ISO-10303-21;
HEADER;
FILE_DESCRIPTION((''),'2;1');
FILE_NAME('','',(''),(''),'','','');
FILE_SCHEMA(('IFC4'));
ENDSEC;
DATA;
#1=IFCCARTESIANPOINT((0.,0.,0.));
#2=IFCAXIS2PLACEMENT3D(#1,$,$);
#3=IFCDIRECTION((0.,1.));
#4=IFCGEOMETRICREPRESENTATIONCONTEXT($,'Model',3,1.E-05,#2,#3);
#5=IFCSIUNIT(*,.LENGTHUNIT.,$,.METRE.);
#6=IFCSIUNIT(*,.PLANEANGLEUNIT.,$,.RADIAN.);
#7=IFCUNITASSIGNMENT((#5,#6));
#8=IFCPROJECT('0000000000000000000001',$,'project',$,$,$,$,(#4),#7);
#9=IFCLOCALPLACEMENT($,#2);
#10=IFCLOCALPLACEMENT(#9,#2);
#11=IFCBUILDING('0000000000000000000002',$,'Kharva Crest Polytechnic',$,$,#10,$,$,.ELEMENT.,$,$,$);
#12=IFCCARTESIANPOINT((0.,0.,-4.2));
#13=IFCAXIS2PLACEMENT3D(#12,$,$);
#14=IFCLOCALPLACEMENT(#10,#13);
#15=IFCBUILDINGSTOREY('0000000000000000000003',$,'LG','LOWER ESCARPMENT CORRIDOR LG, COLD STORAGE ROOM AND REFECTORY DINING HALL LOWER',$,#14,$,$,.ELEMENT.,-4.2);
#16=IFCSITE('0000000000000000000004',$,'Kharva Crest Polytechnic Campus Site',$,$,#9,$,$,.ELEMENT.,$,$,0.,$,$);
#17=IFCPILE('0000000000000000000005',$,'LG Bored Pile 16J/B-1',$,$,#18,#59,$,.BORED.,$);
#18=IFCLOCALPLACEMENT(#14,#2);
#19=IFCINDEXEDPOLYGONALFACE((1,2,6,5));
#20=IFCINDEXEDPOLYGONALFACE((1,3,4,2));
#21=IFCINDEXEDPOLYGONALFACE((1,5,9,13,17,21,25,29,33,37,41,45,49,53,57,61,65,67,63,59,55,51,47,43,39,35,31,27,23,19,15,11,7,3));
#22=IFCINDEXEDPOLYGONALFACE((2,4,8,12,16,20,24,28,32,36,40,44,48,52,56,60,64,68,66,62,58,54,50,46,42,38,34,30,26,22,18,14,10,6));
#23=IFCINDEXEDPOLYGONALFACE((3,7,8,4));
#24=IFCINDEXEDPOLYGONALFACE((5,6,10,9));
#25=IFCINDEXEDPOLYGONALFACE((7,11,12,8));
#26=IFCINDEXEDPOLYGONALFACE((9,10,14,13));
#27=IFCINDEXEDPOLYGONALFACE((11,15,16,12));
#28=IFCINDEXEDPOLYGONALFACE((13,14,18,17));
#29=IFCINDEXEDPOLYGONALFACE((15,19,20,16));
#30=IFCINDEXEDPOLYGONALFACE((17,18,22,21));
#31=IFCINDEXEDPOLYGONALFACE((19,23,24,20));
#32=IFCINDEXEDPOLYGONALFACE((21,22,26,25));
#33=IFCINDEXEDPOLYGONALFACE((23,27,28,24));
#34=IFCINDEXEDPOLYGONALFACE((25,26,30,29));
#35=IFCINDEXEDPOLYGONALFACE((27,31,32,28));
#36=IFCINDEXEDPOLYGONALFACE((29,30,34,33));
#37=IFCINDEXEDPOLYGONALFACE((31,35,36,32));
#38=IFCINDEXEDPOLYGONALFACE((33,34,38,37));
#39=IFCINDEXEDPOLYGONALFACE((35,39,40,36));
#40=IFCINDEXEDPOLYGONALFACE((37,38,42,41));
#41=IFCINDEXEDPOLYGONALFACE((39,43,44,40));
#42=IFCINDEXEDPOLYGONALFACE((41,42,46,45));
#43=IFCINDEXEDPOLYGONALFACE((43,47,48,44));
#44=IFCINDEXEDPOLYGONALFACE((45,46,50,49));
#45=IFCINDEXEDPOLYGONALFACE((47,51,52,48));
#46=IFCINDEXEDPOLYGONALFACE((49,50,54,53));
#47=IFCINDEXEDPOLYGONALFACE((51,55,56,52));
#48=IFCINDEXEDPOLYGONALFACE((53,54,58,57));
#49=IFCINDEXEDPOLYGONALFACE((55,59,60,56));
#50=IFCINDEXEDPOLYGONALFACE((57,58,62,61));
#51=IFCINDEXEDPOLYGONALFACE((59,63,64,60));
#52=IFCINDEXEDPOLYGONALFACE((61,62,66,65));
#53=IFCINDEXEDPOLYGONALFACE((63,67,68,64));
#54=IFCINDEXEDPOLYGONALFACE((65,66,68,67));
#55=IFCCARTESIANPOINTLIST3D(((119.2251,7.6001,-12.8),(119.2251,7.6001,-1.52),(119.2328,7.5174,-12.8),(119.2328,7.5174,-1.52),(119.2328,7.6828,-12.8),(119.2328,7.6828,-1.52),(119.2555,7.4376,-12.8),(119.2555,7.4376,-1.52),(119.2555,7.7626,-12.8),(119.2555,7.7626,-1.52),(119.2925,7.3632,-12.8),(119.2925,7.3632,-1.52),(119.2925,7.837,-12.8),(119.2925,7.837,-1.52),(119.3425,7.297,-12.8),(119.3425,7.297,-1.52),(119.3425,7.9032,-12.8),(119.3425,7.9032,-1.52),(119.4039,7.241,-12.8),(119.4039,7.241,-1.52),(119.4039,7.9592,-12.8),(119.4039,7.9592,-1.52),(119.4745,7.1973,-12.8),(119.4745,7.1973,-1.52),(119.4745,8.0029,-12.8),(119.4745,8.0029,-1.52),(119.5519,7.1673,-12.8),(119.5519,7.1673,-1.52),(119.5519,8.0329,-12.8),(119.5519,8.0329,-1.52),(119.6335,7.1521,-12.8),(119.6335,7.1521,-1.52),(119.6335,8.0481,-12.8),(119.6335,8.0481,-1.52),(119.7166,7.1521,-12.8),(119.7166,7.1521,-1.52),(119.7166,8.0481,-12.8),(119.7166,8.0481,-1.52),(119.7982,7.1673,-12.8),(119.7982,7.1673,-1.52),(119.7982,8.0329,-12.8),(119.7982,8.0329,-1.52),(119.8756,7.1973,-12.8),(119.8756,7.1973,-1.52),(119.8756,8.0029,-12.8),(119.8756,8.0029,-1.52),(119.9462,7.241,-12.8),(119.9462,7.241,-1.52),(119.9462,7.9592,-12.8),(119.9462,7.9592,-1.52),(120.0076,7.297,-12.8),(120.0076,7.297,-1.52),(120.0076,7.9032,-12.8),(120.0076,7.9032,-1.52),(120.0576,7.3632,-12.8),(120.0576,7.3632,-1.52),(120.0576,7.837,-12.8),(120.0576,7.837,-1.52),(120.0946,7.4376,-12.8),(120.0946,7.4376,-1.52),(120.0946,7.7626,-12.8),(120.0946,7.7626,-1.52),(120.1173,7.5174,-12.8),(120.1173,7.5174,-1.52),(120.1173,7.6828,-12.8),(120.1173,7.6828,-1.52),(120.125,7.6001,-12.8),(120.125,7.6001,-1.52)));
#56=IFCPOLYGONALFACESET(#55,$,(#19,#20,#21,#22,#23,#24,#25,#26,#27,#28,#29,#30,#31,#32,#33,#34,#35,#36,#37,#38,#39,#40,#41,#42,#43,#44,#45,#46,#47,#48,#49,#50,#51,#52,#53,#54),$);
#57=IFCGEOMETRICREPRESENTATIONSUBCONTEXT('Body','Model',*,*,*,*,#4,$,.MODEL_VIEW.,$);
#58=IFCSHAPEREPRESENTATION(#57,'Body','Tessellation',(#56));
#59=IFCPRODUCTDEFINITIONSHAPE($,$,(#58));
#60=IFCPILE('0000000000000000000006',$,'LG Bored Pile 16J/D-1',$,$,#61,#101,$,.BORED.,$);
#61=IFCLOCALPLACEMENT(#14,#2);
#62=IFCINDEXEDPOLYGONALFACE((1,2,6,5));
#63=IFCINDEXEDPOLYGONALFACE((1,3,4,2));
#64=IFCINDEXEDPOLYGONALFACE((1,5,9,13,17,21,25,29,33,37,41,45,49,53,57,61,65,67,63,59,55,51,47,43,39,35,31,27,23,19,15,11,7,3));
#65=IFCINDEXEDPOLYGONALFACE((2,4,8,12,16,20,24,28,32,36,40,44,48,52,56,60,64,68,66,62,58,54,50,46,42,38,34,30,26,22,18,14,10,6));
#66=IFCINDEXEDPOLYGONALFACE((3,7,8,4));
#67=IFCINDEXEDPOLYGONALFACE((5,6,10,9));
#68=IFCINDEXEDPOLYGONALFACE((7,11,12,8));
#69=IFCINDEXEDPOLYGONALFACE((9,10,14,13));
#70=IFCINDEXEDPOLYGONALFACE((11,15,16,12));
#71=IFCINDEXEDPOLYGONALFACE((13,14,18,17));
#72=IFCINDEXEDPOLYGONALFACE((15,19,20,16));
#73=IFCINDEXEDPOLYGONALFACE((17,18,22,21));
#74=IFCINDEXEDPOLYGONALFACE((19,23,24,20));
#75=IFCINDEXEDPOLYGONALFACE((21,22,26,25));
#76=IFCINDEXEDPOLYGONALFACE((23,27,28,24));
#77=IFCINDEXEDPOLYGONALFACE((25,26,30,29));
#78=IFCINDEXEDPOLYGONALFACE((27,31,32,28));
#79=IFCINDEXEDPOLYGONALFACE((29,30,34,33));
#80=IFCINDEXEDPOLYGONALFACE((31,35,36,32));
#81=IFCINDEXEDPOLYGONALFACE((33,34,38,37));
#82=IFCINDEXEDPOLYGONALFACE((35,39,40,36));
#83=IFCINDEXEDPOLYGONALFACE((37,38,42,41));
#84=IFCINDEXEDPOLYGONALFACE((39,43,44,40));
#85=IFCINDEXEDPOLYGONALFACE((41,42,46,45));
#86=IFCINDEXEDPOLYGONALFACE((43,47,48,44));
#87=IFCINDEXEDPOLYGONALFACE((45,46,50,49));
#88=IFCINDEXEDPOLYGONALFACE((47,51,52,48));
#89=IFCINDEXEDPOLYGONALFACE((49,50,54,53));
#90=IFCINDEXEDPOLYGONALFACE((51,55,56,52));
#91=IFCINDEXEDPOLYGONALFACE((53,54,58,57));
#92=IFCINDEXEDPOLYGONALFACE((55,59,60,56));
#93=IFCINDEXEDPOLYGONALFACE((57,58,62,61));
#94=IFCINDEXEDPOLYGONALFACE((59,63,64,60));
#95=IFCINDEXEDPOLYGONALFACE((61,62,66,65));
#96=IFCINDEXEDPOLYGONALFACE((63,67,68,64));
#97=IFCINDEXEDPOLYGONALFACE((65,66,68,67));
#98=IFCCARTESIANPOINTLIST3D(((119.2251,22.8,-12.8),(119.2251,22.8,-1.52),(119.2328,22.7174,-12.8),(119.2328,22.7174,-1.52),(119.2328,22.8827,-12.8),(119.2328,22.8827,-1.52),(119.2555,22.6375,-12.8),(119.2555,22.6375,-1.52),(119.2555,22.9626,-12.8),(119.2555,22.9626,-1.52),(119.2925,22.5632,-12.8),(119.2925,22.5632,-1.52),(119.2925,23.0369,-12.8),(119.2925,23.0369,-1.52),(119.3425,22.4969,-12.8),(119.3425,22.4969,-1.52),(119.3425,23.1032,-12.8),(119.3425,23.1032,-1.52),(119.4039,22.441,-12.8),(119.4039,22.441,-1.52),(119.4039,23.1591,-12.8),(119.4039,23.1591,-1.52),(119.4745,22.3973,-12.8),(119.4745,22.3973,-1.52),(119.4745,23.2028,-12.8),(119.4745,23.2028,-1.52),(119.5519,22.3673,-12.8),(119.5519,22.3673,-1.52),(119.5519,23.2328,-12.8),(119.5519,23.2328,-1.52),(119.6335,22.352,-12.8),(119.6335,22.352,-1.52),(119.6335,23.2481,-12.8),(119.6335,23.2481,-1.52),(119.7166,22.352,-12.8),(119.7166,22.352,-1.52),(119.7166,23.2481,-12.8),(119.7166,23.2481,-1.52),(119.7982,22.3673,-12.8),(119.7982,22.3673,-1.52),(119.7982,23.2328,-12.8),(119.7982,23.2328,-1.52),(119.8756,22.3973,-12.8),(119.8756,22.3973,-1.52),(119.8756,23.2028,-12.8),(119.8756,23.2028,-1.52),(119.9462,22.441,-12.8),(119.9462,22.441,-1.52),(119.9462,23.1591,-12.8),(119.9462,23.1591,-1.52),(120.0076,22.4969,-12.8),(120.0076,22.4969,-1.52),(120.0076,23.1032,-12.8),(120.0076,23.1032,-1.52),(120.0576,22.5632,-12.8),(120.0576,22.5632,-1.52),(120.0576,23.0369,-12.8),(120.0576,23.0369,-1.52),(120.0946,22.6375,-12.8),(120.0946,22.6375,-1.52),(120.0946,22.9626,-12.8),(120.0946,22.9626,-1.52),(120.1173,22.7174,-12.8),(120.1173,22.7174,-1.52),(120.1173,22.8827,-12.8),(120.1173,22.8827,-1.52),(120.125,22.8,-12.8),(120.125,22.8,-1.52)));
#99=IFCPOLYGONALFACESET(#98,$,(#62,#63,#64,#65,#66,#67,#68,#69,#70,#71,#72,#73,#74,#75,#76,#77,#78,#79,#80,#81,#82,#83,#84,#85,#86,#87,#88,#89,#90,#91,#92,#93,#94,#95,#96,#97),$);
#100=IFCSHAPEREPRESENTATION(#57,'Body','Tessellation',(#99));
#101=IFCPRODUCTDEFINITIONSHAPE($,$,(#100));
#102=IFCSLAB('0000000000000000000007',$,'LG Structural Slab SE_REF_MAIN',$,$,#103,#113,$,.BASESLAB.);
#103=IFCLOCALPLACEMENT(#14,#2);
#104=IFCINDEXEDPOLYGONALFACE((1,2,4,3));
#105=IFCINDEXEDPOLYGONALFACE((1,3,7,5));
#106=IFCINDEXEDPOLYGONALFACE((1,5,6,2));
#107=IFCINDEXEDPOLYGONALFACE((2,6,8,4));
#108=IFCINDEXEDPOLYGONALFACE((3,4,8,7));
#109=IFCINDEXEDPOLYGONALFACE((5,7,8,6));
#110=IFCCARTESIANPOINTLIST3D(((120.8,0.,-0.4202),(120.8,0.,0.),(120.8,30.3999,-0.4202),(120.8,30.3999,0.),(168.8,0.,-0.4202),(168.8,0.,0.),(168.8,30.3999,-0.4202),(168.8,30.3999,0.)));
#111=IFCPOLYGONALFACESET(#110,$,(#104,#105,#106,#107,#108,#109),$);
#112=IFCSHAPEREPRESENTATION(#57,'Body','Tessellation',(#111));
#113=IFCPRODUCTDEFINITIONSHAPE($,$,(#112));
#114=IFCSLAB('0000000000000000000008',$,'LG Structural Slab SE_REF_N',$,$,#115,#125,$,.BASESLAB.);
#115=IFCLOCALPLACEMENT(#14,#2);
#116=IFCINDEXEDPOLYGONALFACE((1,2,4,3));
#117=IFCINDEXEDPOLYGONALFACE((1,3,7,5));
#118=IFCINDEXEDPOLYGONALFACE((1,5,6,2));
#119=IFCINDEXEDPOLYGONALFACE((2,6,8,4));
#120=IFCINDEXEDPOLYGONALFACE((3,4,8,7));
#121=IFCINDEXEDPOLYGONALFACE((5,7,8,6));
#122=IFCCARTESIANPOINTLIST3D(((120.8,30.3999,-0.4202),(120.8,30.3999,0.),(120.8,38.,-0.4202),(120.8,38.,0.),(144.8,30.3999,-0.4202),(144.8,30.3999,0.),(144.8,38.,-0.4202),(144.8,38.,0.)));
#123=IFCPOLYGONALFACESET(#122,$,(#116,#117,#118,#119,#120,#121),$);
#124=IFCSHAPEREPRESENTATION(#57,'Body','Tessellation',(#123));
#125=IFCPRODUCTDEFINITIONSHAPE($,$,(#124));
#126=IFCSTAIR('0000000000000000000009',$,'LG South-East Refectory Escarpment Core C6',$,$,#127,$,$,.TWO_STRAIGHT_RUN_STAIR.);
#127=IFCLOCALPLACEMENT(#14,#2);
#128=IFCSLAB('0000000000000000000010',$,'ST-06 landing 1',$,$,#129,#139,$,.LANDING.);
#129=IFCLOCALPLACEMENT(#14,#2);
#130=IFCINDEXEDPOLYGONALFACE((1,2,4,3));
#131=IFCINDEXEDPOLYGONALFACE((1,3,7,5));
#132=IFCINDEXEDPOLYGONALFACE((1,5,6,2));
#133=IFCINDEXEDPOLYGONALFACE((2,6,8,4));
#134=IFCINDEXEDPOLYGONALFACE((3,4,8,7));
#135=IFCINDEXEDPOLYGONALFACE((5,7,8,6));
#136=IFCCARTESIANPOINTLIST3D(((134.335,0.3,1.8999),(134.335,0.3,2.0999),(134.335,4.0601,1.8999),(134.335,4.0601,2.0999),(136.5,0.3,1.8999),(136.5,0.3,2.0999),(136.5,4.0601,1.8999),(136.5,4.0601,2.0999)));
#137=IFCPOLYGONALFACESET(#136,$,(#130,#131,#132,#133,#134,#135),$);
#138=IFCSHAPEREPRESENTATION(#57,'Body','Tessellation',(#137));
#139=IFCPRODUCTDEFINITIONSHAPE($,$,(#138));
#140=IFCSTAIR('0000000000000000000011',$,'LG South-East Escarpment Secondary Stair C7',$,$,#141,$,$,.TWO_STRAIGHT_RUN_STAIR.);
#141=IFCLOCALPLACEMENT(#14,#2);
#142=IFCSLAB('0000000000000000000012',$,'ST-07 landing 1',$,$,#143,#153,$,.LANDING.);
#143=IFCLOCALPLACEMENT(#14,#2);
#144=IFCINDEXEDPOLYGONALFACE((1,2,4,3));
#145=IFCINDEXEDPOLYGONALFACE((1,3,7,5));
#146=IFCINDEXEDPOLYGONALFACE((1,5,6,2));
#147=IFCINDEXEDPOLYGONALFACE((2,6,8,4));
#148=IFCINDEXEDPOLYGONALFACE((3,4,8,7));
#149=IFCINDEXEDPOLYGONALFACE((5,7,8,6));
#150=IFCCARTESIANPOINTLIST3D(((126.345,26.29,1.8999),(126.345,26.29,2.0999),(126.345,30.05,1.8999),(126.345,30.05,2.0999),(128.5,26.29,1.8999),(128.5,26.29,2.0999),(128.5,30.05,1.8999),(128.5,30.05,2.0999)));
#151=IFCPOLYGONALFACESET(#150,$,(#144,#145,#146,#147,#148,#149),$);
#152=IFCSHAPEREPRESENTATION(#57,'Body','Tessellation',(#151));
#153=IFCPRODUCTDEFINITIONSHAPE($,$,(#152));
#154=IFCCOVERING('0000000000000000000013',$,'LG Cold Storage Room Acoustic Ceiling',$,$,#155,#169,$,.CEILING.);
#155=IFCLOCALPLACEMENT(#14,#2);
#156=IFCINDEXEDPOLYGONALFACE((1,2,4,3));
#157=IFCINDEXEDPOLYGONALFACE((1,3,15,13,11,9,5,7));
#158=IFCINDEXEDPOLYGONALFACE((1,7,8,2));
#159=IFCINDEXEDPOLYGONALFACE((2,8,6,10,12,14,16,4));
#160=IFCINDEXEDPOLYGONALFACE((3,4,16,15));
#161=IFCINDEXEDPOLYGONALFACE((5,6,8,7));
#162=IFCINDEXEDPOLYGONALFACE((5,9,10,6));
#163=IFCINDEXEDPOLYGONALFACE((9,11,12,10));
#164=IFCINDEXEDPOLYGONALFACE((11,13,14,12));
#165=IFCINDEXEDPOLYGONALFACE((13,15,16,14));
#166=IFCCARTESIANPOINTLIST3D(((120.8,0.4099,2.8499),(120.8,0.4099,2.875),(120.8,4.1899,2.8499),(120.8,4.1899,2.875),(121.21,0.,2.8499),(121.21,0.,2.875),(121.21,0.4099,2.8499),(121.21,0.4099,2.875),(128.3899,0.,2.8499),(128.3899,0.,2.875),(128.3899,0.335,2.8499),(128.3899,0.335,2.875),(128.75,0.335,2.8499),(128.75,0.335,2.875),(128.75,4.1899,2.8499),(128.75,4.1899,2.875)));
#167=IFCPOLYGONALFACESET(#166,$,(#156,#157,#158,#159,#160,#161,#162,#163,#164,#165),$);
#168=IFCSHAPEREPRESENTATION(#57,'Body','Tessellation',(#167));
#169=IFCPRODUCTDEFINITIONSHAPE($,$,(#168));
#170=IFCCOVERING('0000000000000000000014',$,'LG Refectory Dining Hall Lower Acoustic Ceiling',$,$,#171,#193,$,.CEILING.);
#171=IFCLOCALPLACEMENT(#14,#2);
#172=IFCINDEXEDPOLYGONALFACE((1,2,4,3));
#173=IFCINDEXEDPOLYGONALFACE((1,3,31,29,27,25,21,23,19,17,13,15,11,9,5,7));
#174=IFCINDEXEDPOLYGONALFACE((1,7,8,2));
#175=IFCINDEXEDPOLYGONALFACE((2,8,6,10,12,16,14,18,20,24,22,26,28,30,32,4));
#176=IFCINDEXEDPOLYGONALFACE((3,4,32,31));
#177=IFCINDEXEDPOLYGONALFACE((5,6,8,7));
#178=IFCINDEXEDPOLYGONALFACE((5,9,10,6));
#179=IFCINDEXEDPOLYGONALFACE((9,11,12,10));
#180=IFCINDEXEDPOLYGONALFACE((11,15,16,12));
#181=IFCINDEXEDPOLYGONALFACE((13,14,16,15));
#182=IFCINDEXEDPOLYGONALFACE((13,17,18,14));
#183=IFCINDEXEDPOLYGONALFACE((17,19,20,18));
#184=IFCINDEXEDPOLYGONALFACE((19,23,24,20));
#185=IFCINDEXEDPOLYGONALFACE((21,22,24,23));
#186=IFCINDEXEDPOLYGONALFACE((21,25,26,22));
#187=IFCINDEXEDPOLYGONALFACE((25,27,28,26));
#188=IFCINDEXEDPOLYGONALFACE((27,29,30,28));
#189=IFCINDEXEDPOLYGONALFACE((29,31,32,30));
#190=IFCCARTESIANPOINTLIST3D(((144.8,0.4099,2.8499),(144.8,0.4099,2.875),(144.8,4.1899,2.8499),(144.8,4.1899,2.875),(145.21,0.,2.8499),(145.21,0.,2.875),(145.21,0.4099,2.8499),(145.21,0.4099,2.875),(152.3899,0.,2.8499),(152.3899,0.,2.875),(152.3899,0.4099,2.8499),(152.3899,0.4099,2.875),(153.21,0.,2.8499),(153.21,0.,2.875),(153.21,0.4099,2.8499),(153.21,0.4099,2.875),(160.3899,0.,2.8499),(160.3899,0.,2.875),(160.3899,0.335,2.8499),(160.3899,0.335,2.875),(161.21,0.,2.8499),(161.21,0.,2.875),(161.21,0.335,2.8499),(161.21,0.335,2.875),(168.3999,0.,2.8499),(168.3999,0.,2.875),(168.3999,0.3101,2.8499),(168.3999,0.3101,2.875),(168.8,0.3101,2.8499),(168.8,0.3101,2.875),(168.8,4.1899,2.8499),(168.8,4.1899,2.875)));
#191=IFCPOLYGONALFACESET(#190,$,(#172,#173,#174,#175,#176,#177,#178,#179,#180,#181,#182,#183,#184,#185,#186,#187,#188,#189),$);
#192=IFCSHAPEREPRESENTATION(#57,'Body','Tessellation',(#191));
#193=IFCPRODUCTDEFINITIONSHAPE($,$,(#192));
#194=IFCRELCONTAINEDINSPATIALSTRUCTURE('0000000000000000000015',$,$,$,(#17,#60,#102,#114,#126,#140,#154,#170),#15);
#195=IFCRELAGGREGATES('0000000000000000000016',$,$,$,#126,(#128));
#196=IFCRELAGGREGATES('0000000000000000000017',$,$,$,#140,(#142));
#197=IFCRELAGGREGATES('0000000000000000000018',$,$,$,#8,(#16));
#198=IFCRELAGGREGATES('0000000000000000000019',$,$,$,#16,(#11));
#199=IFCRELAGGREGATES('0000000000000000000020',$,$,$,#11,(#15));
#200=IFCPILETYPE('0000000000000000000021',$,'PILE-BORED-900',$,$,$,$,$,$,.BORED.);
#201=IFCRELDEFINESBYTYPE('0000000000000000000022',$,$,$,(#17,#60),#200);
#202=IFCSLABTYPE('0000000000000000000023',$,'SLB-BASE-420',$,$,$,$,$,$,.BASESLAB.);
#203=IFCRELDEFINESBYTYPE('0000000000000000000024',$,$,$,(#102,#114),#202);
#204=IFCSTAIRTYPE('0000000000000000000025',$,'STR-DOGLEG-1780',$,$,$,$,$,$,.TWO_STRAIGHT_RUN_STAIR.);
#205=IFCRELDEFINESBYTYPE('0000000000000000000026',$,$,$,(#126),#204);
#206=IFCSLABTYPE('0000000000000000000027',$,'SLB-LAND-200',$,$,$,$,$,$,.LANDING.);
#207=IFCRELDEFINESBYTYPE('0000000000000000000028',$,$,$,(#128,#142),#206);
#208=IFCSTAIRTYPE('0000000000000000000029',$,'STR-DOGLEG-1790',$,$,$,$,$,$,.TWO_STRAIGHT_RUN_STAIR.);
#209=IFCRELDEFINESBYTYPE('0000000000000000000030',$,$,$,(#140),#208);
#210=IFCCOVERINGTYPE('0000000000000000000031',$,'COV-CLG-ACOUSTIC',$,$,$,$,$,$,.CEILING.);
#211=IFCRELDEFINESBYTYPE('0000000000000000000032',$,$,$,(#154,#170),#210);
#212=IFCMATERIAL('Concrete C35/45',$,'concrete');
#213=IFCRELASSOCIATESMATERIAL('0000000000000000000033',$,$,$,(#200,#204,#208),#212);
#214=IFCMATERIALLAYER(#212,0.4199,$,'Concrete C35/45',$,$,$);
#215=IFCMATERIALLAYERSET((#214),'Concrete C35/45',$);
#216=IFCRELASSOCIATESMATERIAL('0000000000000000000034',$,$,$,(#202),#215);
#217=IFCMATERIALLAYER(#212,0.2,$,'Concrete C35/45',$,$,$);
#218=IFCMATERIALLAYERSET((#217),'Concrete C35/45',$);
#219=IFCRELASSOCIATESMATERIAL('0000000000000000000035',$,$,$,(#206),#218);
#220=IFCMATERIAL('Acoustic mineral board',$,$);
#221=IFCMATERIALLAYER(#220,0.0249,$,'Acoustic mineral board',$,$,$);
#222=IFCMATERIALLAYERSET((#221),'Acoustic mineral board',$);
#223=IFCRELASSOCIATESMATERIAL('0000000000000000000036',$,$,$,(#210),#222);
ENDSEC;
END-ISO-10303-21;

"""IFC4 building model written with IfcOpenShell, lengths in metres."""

from ifc_helpers import new_model, si_unit, direction, frame, origin, origin_2d, place, context, subcontext, project, spatial, polyline, circle, outline, extrude, material, layer, layer_set, material_profile, profile_set, type_object, element, aggregate, save


model = new_model("IFC4")

# Units and contexts
model_context = context("Model", 3, precision=1e-05, world=origin(), true_north=direction((0.0, 1.0)))
body_context = subcontext(model_context, "Body", "Model", "MODEL_VIEW")
ifc_project = project(units=[si_unit("LENGTHUNIT", "METRE"), si_unit("PLANEANGLEUNIT", "RADIAN")], contexts=[model_context])

# Site, building, storey
site_placement = place(None, origin())
site = spatial("IfcSite", under=ifc_project, at=site_placement, Name="Kharva Crest Polytechnic Campus Site", CompositionType="ELEMENT", RefElevation=0.0)
building_placement = place(site_placement, origin())
building = spatial("IfcBuilding", under=site, at=building_placement, Name="Kharva Crest Polytechnic", CompositionType="ELEMENT")
storey_placement = place(building_placement, frame((0.0, 0.0, -4.2)))
storey = spatial("IfcBuildingStorey", under=building, at=storey_placement, Name="LG", Description="LOWER ESCARPMENT CORRIDOR LG, COLD STORAGE ROOM AND REFECTORY DINING HALL LOWER", CompositionType="ELEMENT", Elevation=-4.2)

# Shared definitions
ifc_material_1 = material(Name="Concrete C35/45", Category="concrete")

# Piles
ifc_material_profile_1 = material_profile(ifc_material_1, circle(Radius=0.45, at=origin_2d()), Name="DIA 900")
ifc_profile_set_1 = profile_set([ifc_material_profile_1], Name="Concrete C35/45")
pile_type_1 = type_object("IfcPileType", Name="PILE-BORED-900", PredefinedType="BORED", material=ifc_profile_set_1)
for number, where, z_axis, x_axis, name in (
    (1, (119.675, 7.6001, -1.52), (0.0, 0.0, -1.0), (1.0, 0.0, 0.0), "LG Bored Pile 16J/B-1"),
    (2, (119.675, 22.8, -1.52), (0.0, 0.0, -1.0), (1.0, 0.0, 0.0), "LG Bored Pile 16J/D-1"),
):
    element("IfcPile", number, at=place(storey_placement, frame(where, z_axis=z_axis, x_axis=x_axis)), inside=storey, type_object=pile_type_1, Name=name, PredefinedType="BORED", context=body_context, shape_type="SweptSolid", body=[
        extrude(circle(Radius=0.45, at=origin_2d()), origin(), (0.0, 0.0, 1.0), 11.28),
    ])

# Slabs
ifc_layer_1 = layer(ifc_material_1, 0.4199, Name="Concrete C35/45")
ifc_layer_set_1 = layer_set([ifc_layer_1], Name="Concrete C35/45")
slab_type_1 = type_object("IfcSlabType", Name="SLB-BASE-420", PredefinedType="BASESLAB", material=ifc_layer_set_1)
slab_1_placement = place(storey_placement, frame((0.0, 0.0, -0.4202)))
element("IfcSlab", 3, at=slab_1_placement, inside=storey, type_object=slab_type_1, Name="LG Structural Slab SE_REF_MAIN", PredefinedType="BASESLAB", context=body_context, shape_type="SweptSolid", body=[
    extrude(outline(polyline([(120.8, 0.0), (168.8, 0.0), (168.8, 30.3999), (120.8, 30.3999), (120.8, 0.0)])), origin(), (0.0, 0.0, 1.0), 0.4202),
])
slab_2_placement = place(storey_placement, frame((0.0, 0.0, -0.4202)))
element("IfcSlab", 4, at=slab_2_placement, inside=storey, type_object=slab_type_1, Name="LG Structural Slab SE_REF_N", PredefinedType="BASESLAB", context=body_context, shape_type="SweptSolid", body=[
    extrude(outline(polyline([(120.8, 30.3999), (144.8, 30.3999), (144.8, 38.0), (120.8, 38.0), (120.8, 30.3999)])), origin(), (0.0, 0.0, 1.0), 0.4202),
])

# Stairs, slabs
stair_type_1 = type_object("IfcStairType", Name="STR-DOGLEG-1780", PredefinedType="TWO_STRAIGHT_RUN_STAIR", material=ifc_material_1)
stair_1_placement = place(storey_placement, origin())
stair_1 = element("IfcStair", 5, at=stair_1_placement, inside=storey, type_object=stair_type_1, Name="LG South-East Refectory Escarpment Core C6", PredefinedType="TWO_STRAIGHT_RUN_STAIR")
ifc_layer_2 = layer(ifc_material_1, 0.2, Name="Concrete C35/45")
ifc_layer_set_2 = layer_set([ifc_layer_2], Name="Concrete C35/45")
slab_type_2 = type_object("IfcSlabType", Name="SLB-LAND-200", PredefinedType="LANDING", material=ifc_layer_set_2)
slab_3_placement = place(storey_placement, frame((0.0, 0.0, 1.8999)))
slab_3 = element("IfcSlab", 6, at=slab_3_placement, type_object=slab_type_2, Name="ST-06 landing 1", PredefinedType="LANDING", context=body_context, shape_type="SweptSolid", body=[
    extrude(outline(polyline([(134.335, 0.3), (136.5, 0.3), (136.5, 4.0601), (134.335, 4.0601), (134.335, 0.3)])), origin(), (0.0, 0.0, 1.0), 0.2),
])
aggregate(stair_1, [slab_3])
stair_type_2 = type_object("IfcStairType", Name="STR-DOGLEG-1790", PredefinedType="TWO_STRAIGHT_RUN_STAIR", material=ifc_material_1)
stair_2_placement = place(storey_placement, origin())
stair_2 = element("IfcStair", 7, at=stair_2_placement, inside=storey, type_object=stair_type_2, Name="LG South-East Escarpment Secondary Stair C7", PredefinedType="TWO_STRAIGHT_RUN_STAIR")
slab_4_placement = place(storey_placement, frame((0.0, 0.0, 1.8999)))
slab_4 = element("IfcSlab", 8, at=slab_4_placement, type_object=slab_type_2, Name="ST-07 landing 1", PredefinedType="LANDING", context=body_context, shape_type="SweptSolid", body=[
    extrude(outline(polyline([(126.345, 26.29), (128.5, 26.29), (128.5, 30.05), (126.345, 30.05), (126.345, 26.29)])), origin(), (0.0, 0.0, 1.0), 0.2),
])
aggregate(stair_2, [slab_4])

# Coverings
ifc_material_2 = material(Name="Acoustic mineral board")
ifc_layer_3 = layer(ifc_material_2, 0.0249, Name="Acoustic mineral board")
ifc_layer_set_3 = layer_set([ifc_layer_3], Name="Acoustic mineral board")
covering_type_1 = type_object("IfcCoveringType", Name="COV-CLG-ACOUSTIC", PredefinedType="CEILING", material=ifc_layer_set_3)
covering_1_placement = place(storey_placement, frame((0.0, 0.0, 2.8499)))
element("IfcCovering", 9, at=covering_1_placement, inside=storey, type_object=covering_type_1, Name="LG Cold Storage Room Acoustic Ceiling", PredefinedType="CEILING", context=body_context, shape_type="SweptSolid", body=[
    extrude(outline(polyline([(121.21, 0.4099), (120.8, 0.4099), (120.8, 4.1899), (128.75, 4.1899), (128.75, 0.335), (128.3899, 0.335), (128.3899, 0.0), (121.21, 0.0), (121.21, 0.4099)])), origin(), (0.0, 0.0, 1.0), 0.0251),
])
covering_2_placement = place(storey_placement, frame((0.0, 0.0, 2.8499)))
element("IfcCovering", 10, at=covering_2_placement, inside=storey, type_object=covering_type_1, Name="LG Refectory Dining Hall Lower Acoustic Ceiling", PredefinedType="CEILING", context=body_context, shape_type="SweptSolid", body=[
    extrude(outline(polyline([(161.21, 0.335), (160.3899, 0.335), (160.3899, 0.0), (153.21, 0.0), (153.21, 0.4099), (152.3899, 0.4099), (152.3899, 0.0), (145.21, 0.0), (145.21, 0.4099), (144.8, 0.4099), (144.8, 4.1899), (168.8, 4.1899), (168.8, 0.3101), (168.3999, 0.3101), (168.3999, 0.0), (161.21, 0.0), (161.21, 0.335)])), origin(), (0.0, 0.0, 1.0), 0.0251),
])

save(model, "model.ifc")
